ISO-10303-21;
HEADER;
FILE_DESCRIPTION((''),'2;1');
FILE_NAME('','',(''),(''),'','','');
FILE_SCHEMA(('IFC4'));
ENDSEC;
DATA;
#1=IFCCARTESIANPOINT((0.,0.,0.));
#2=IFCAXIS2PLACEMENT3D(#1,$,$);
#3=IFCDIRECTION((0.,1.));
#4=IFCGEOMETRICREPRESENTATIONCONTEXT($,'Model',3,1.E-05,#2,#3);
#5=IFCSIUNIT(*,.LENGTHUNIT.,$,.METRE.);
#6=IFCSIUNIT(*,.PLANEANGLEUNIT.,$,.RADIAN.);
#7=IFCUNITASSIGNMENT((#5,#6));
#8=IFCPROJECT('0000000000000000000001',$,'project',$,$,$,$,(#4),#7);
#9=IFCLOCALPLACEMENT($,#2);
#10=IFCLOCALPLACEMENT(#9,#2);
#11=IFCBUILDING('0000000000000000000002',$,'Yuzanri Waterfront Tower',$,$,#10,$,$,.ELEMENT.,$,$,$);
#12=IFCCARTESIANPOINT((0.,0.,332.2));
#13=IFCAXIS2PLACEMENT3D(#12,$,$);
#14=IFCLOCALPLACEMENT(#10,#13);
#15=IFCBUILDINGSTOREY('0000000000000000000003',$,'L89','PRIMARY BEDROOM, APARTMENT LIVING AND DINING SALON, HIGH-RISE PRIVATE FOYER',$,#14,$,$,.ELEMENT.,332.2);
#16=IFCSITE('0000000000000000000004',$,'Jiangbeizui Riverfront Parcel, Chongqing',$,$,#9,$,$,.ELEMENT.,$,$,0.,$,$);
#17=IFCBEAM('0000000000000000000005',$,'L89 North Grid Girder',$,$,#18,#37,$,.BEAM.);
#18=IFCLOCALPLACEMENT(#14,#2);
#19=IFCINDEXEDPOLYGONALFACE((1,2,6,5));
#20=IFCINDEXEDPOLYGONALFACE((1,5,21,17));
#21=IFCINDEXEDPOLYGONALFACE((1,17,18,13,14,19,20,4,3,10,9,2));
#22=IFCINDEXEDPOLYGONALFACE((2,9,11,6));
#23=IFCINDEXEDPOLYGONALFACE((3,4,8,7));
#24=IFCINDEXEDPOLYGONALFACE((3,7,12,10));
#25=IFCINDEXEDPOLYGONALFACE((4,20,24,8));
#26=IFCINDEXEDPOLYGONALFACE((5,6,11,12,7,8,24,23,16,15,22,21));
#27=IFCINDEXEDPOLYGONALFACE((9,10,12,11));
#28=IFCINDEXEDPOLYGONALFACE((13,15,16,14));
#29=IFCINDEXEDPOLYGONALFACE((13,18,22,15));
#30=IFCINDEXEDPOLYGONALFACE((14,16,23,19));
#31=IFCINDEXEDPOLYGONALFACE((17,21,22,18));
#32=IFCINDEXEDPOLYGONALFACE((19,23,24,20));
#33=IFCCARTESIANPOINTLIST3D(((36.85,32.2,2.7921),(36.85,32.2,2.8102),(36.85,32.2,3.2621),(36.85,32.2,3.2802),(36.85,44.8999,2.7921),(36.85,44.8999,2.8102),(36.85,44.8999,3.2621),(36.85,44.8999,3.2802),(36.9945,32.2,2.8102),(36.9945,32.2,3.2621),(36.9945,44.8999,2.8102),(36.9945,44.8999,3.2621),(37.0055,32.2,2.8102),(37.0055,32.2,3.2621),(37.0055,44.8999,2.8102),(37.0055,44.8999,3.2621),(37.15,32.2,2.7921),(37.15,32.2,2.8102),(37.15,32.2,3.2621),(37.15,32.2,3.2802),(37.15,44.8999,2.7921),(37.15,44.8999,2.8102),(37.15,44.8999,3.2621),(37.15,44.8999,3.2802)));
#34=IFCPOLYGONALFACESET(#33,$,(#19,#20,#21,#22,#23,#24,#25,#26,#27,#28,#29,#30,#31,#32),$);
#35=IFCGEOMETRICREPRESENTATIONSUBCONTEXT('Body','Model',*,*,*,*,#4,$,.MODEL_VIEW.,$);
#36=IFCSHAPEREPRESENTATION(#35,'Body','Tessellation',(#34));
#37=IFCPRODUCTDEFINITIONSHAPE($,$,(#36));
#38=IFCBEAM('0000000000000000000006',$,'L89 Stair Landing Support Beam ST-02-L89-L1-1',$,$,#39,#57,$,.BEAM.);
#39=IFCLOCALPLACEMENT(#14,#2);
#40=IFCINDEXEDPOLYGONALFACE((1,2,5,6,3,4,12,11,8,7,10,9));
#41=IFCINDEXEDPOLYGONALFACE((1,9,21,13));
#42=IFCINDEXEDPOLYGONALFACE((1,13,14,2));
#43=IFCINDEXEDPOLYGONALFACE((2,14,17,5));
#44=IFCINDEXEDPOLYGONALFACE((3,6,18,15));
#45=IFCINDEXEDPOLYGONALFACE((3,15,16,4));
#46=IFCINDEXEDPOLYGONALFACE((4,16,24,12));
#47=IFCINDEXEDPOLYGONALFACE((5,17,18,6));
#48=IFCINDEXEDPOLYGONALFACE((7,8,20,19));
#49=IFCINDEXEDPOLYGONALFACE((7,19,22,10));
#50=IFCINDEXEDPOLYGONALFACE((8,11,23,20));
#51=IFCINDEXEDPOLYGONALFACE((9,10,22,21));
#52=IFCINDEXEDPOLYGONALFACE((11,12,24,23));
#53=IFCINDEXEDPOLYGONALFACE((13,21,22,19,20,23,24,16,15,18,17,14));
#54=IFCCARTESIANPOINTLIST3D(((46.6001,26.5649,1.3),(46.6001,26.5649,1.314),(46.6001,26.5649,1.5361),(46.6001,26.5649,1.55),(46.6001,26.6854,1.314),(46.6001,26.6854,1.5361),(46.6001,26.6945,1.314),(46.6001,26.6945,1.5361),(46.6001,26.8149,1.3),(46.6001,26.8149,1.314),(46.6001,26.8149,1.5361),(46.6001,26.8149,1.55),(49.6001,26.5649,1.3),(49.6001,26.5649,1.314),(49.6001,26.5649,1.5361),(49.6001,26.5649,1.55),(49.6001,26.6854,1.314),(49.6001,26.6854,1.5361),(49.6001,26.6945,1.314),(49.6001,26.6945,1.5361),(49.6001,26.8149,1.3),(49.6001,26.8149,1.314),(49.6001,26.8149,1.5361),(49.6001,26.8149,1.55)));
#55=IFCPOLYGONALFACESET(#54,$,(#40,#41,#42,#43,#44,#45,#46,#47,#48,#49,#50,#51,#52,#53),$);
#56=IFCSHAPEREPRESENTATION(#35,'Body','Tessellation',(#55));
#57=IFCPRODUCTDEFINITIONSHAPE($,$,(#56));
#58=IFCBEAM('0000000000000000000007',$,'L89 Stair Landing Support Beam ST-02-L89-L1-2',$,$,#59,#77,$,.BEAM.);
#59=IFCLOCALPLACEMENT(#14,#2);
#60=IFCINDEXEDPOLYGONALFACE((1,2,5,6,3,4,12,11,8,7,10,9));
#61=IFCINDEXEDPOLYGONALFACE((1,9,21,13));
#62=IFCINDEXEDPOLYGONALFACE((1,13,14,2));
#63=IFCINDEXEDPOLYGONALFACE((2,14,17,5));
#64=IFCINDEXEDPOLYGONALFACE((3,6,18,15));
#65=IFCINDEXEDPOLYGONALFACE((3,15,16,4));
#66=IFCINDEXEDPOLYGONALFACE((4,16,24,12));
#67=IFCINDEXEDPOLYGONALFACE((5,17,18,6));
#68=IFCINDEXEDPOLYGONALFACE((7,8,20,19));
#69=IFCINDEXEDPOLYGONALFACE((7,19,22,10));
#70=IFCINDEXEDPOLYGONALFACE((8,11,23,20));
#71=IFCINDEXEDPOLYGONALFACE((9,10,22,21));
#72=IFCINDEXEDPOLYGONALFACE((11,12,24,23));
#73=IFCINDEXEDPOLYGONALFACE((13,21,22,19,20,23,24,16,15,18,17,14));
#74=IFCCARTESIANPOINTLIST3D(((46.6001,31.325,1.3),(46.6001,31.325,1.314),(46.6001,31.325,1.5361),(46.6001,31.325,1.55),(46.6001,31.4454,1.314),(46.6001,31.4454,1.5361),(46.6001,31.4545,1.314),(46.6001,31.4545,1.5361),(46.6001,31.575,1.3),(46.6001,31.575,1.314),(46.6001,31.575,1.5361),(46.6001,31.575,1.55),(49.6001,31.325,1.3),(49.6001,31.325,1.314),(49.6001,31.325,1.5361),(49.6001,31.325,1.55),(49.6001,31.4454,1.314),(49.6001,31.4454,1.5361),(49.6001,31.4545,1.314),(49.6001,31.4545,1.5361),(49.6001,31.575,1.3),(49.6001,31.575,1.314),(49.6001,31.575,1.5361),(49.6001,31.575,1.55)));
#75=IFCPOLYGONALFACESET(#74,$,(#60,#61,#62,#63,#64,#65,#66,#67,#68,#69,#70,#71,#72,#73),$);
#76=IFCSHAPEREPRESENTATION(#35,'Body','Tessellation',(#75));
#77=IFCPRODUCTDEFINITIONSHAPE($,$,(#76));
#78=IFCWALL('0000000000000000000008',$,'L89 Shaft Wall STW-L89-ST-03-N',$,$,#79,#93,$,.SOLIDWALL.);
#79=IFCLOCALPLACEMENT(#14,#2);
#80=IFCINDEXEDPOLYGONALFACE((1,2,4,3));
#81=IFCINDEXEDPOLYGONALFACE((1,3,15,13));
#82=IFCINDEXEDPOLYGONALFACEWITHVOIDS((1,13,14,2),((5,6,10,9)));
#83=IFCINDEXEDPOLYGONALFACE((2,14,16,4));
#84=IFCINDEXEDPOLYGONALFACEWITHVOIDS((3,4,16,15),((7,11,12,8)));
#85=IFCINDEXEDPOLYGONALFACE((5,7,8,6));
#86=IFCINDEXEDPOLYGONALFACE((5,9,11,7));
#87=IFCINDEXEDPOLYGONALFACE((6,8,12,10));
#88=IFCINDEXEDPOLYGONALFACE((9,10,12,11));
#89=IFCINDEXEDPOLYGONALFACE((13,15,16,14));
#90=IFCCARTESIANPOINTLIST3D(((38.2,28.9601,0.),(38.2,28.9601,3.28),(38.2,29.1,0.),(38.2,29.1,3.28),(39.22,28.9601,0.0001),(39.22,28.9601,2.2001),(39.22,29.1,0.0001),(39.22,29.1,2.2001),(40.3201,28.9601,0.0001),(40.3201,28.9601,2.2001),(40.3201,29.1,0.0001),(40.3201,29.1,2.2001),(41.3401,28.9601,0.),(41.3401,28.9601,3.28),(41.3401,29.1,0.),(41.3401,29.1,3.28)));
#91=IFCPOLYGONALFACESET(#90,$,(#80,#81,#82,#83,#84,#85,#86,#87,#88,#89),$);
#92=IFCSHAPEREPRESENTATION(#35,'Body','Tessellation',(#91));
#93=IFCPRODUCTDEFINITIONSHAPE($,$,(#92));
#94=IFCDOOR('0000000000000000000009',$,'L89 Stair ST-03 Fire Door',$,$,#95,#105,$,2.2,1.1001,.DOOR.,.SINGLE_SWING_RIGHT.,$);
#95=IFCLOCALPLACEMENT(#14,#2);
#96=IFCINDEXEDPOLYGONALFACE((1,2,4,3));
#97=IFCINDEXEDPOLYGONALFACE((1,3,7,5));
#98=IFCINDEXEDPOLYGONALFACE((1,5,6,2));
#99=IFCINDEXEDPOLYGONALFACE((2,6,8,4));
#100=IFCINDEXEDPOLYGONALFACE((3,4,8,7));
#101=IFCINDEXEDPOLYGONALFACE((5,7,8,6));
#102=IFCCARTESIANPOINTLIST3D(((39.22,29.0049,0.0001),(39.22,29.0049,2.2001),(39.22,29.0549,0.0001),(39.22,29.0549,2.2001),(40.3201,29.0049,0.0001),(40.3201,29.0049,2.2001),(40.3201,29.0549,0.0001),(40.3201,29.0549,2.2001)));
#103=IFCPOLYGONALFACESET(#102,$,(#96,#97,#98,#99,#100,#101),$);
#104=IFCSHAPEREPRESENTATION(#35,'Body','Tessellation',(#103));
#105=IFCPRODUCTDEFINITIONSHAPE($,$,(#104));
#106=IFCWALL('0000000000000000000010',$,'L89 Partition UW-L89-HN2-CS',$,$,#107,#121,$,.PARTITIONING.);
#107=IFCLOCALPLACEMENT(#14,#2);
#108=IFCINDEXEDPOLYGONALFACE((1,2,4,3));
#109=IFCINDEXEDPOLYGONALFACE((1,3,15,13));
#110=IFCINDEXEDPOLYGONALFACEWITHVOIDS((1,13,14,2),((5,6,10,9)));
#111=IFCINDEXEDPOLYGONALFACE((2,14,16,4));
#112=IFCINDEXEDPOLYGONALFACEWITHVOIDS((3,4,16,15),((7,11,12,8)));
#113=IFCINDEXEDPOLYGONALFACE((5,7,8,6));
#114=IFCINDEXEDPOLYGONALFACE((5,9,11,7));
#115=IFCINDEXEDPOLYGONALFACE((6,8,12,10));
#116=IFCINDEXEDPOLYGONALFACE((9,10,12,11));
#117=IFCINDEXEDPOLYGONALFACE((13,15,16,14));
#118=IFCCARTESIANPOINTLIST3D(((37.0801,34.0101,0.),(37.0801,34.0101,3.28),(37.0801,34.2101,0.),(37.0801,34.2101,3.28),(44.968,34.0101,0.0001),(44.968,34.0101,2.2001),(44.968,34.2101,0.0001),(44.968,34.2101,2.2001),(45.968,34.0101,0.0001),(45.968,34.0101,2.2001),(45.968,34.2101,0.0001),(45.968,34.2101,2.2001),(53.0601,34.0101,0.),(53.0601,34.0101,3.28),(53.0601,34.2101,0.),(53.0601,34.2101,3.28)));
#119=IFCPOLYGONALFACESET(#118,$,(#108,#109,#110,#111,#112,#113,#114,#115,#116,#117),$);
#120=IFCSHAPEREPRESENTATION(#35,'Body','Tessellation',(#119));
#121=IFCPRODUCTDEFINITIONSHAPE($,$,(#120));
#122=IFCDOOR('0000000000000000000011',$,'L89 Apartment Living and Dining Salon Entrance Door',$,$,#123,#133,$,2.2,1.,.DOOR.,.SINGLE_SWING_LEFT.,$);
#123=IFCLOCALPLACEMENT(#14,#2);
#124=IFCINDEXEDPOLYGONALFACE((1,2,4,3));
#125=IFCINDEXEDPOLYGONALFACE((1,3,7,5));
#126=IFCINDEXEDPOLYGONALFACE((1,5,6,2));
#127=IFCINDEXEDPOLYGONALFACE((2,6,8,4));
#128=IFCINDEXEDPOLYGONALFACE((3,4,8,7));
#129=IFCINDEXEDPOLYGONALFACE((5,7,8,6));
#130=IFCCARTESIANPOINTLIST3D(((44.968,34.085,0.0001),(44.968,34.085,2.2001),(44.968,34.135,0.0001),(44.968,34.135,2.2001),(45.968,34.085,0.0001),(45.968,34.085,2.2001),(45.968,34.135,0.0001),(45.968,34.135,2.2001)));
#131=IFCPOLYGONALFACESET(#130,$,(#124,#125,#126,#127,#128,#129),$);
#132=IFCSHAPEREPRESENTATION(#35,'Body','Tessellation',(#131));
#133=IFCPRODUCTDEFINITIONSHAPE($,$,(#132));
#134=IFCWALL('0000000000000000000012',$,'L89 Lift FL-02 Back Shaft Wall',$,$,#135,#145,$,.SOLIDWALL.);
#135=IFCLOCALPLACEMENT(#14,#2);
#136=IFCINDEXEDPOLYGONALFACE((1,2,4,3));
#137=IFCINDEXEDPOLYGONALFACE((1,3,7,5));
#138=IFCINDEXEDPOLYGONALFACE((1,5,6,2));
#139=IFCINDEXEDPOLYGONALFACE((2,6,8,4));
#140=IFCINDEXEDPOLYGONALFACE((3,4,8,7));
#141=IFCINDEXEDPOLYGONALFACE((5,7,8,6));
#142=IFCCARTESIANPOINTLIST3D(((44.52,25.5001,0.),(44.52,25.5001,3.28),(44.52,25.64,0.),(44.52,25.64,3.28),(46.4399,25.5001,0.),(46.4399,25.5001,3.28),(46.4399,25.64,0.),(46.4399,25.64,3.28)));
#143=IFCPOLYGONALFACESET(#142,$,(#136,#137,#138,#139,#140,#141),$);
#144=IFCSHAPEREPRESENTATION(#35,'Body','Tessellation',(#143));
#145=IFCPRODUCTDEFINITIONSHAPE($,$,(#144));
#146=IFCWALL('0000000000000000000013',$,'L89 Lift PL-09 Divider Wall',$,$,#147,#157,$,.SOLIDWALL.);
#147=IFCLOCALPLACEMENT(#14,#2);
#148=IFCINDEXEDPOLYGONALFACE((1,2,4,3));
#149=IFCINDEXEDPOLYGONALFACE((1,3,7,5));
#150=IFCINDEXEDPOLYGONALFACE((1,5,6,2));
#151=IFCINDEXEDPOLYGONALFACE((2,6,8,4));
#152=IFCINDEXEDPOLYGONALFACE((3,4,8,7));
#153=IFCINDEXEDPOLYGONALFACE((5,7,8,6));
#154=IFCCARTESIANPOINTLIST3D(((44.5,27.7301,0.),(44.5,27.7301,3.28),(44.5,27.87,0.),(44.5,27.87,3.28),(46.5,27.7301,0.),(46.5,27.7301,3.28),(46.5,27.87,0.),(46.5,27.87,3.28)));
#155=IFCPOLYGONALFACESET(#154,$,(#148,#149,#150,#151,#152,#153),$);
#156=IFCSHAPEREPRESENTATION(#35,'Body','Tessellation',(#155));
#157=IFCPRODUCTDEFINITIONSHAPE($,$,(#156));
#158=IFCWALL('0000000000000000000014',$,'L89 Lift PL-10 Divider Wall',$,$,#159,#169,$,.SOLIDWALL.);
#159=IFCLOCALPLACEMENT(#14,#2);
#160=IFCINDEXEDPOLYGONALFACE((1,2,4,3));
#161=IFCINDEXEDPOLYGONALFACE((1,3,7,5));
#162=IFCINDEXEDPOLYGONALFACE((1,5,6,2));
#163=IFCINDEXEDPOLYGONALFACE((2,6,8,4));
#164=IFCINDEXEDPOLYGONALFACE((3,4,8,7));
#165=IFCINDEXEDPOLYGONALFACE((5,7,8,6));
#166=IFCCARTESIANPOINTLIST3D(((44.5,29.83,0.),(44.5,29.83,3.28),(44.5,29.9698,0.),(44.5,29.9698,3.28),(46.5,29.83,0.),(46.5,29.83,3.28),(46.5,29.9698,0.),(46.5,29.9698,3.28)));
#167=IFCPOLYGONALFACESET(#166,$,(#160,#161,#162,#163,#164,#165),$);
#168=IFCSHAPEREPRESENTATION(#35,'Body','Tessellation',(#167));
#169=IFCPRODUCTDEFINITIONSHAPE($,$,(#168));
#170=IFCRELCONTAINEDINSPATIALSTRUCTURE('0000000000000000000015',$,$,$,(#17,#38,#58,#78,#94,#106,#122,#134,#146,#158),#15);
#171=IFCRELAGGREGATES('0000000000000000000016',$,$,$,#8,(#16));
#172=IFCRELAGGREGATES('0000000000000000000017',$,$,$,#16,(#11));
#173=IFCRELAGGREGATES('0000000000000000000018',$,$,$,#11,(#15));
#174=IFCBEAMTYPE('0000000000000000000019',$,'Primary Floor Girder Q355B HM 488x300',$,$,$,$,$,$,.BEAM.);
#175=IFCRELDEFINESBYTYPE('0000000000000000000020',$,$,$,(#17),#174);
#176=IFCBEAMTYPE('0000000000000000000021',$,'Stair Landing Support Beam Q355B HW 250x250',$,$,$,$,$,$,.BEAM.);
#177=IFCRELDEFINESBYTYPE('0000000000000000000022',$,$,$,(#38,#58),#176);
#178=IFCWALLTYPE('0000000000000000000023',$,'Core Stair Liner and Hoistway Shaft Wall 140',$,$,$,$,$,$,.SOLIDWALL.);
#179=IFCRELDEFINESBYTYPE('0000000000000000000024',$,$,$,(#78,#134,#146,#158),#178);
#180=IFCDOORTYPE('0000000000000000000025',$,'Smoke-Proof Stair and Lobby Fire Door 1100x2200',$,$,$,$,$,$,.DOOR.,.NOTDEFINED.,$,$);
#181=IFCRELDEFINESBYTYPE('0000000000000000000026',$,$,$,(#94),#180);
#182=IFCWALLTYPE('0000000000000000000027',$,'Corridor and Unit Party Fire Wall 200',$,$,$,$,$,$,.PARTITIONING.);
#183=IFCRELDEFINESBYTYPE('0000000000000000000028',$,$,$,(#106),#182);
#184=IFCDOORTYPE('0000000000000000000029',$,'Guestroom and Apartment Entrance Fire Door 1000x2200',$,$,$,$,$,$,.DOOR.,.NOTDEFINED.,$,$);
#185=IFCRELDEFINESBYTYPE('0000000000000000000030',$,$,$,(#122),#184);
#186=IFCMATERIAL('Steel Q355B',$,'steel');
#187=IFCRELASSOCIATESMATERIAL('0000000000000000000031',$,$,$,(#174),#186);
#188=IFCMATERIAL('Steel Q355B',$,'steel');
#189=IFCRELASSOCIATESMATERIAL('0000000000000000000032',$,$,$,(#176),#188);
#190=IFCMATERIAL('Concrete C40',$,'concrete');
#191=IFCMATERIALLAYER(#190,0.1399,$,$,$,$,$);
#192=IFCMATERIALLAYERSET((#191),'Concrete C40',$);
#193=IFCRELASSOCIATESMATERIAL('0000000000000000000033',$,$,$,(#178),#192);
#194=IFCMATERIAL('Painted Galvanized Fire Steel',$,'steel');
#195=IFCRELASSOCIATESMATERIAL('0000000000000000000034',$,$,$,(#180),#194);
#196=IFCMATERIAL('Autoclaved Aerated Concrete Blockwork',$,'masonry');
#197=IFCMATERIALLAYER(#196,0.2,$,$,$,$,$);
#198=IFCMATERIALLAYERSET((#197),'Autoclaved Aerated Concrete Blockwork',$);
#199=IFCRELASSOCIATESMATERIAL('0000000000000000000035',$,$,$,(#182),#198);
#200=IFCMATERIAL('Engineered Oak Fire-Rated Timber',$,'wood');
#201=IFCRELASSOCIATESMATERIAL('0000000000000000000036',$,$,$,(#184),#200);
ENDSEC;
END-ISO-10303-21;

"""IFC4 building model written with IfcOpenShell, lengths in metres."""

from ifc_helpers import new_model, si_unit, direction, frame, frame_2d, origin, origin_2d, place, context, subcontext, project, spatial, rectangle, i_section, extrude, source, transform, mapped, material, layer, layer_set, material_profile, profile_set, type_object, element, fill, save


model = new_model("IFC4")

# Units and contexts
model_context = context("Model", 3, precision=1e-05, world=origin(), true_north=direction((0.0, 1.0)))
body_context = subcontext(model_context, "Body", "Model", "MODEL_VIEW")
ifc_project = project(units=[si_unit("LENGTHUNIT", "METRE"), si_unit("PLANEANGLEUNIT", "RADIAN")], contexts=[model_context])

# Site, building, storey
site_placement = place(None, origin())
site = spatial("IfcSite", under=ifc_project, at=site_placement, Name="Jiangbeizui Riverfront Parcel, Chongqing", CompositionType="ELEMENT", RefElevation=0.0)
building_placement = place(site_placement, origin())
building = spatial("IfcBuilding", under=site, at=building_placement, Name="Yuzanri Waterfront Tower", CompositionType="ELEMENT")
storey_placement = place(building_placement, frame((0.0, 0.0, 332.2)))
storey = spatial("IfcBuildingStorey", under=building, at=storey_placement, Name="L89", Description="PRIMARY BEDROOM, APARTMENT LIVING AND DINING SALON, HIGH-RISE PRIVATE FOYER", CompositionType="ELEMENT", Elevation=332.2)

# Beams
ifc_material_1 = material(Name="Steel Q355B", Category="steel")
ifc_material_profile_1 = material_profile(ifc_material_1, i_section(OverallWidth=0.3, OverallDepth=0.488, WebThickness=0.011, FlangeThickness=0.0181, at=origin_2d()), Name="HM 488x300x11x18")
ifc_profile_set_1 = profile_set([ifc_material_profile_1], Name="Steel Q355B")
beam_type_1 = type_object("IfcBeamType", Name="Primary Floor Girder Q355B HM 488x300", PredefinedType="BEAM", material=ifc_profile_set_1)
shared_shape_1 = source(origin(), body_context, "Body", "SweptSolid", [
    extrude(i_section(OverallWidth=0.3, OverallDepth=0.488, WebThickness=0.011, FlangeThickness=0.0181, at=origin_2d()), origin(), (0.0, 0.0, 1.0), 12.7),
])
beam_placement = place(storey_placement, frame((37.0, 32.2, 3.0361), z_axis=(0.0, 1.0, 0.0), x_axis=(-1.0, 0.0, 0.0)))
element("IfcBeam", 1, at=beam_placement, inside=storey, type_object=beam_type_1, Name="L89 North Grid Girder", PredefinedType="BEAM", context=body_context, shape_type="MappedRepresentation", body=[
    mapped(shared_shape_1, transform((0.0, 0.0, 0.0), scale=1.0)),
])
ifc_material_2 = material(Name="Steel Q355B", Category="steel")
ifc_material_profile_2 = material_profile(ifc_material_2, i_section(OverallWidth=0.25, OverallDepth=0.25, WebThickness=0.009, FlangeThickness=0.0139, at=origin_2d()), Name="HW 250x250x9x14")
ifc_profile_set_2 = profile_set([ifc_material_profile_2], Name="Steel Q355B")
beam_type_2 = type_object("IfcBeamType", Name="Stair Landing Support Beam Q355B HW 250x250", PredefinedType="BEAM", material=ifc_profile_set_2)
shared_shape_2 = source(origin(), body_context, "Body", "SweptSolid", [
    extrude(i_section(OverallWidth=0.25, OverallDepth=0.25, WebThickness=0.009, FlangeThickness=0.0139, at=origin_2d()), origin(), (0.0, 0.0, 1.0), 3.0),
])
for number, where, z_axis, x_axis, name in (
    (2, (46.6001, 26.6899, 1.425), (1.0, 0.0, 0.0), (0.0, 1.0, 0.0), "L89 Stair Landing Support Beam ST-02-L89-L1-1"),
    (3, (46.6001, 31.45, 1.425), (1.0, 0.0, 0.0), (0.0, 1.0, 0.0), "L89 Stair Landing Support Beam ST-02-L89-L1-2"),
):
    element("IfcBeam", number, at=place(storey_placement, frame(where, z_axis=z_axis, x_axis=x_axis)), inside=storey, type_object=beam_type_2, Name=name, PredefinedType="BEAM", context=body_context, shape_type="MappedRepresentation", body=[
        mapped(shared_shape_2, transform((0.0, 0.0, 0.0), scale=1.0)),
    ])

# Walls, openings, doors
ifc_material_3 = material(Name="Concrete C40", Category="concrete")
ifc_layer_1 = layer(ifc_material_3, 0.1399)
ifc_layer_set_1 = layer_set([ifc_layer_1], Name="Concrete C40")
wall_type_1 = type_object("IfcWallType", Name="Core Stair Liner and Hoistway Shaft Wall 140", PredefinedType="SOLIDWALL", material=ifc_layer_set_1)
wall_1_placement = place(storey_placement, frame((38.2, 29.03, 0.0), z_axis=(0.0, 0.0, 1.0), x_axis=(1.0, 0.0, 0.0)))
wall_1 = element("IfcWall", 4, at=wall_1_placement, inside=storey, type_object=wall_type_1, Name="L89 Shaft Wall STW-L89-ST-03-N", PredefinedType="SOLIDWALL", context=body_context, shape_type="SweptSolid", body=[
    extrude(rectangle(XDim=3.1401, YDim=0.1399, at=frame_2d((1.5701, 0.0))), origin(), (0.0, 0.0, 1.0), 3.28),
])
opening_1_placement = place(wall_1_placement, frame((1.02, 0.0, 0.0)))
opening_1 = element("IfcOpeningElement", 5, at=opening_1_placement, cuts=wall_1, PredefinedType="OPENING", context=body_context, shape_type="SweptSolid", body=[
    extrude(rectangle(XDim=1.1001, YDim=2.2, at=frame_2d((0.55, 1.1001))), frame((0.0, 0.085, 0.0), z_axis=(0.0, -1.0, 0.0), x_axis=(1.0, 0.0, 0.0)), (0.0, 0.0, 1.0), 0.1697),
])
ifc_material_4 = material(Name="Painted Galvanized Fire Steel", Category="steel")
door_type_1 = type_object("IfcDoorType", Name="Smoke-Proof Stair and Lobby Fire Door 1100x2200", OperationType="NOTDEFINED", PredefinedType="DOOR", material=ifc_material_4)
shared_shape_3 = source(origin(), body_context, "Body", "SweptSolid", [
    extrude(rectangle(XDim=1.1001, YDim=2.2, at=frame_2d((0.55, 1.1001))), frame((0.0, 0.0249, 0.0), z_axis=(0.0, -1.0, 0.0), x_axis=(1.0, 0.0, 0.0)), (0.0, 0.0, 1.0), 0.05),
])
door_1_placement = place(opening_1_placement, origin())
door_1 = element("IfcDoor", 6, at=door_1_placement, inside=storey, type_object=door_type_1, Name="L89 Stair ST-03 Fire Door", OperationType="SINGLE_SWING_RIGHT", OverallHeight=2.2, OverallWidth=1.1001, PredefinedType="DOOR", context=body_context, shape_type="MappedRepresentation", body=[
    mapped(shared_shape_3, transform((0.0, 0.0, 0.0), scale=1.0)),
])
fill(opening_1, door_1)
ifc_material_5 = material(Name="Autoclaved Aerated Concrete Blockwork", Category="masonry")
ifc_layer_2 = layer(ifc_material_5, 0.2)
ifc_layer_set_2 = layer_set([ifc_layer_2], Name="Autoclaved Aerated Concrete Blockwork")
wall_type_2 = type_object("IfcWallType", Name="Corridor and Unit Party Fire Wall 200", PredefinedType="PARTITIONING", material=ifc_layer_set_2)
wall_2_placement = place(storey_placement, frame((37.0801, 34.1101, 0.0), z_axis=(0.0, 0.0, 1.0), x_axis=(1.0, 0.0, 0.0)))
wall_2 = element("IfcWall", 7, at=wall_2_placement, inside=storey, type_object=wall_type_2, Name="L89 Partition UW-L89-HN2-CS", PredefinedType="PARTITIONING", context=body_context, shape_type="SweptSolid", body=[
    extrude(rectangle(XDim=15.98, YDim=0.2, at=frame_2d((7.99, 0.0))), origin(), (0.0, 0.0, 1.0), 3.28),
])
opening_2_placement = place(wall_2_placement, frame((7.8879, 0.0, 0.0)))
opening_2 = element("IfcOpeningElement", 8, at=opening_2_placement, cuts=wall_2, PredefinedType="OPENING", context=body_context, shape_type="SweptSolid", body=[
    extrude(rectangle(XDim=1.0, YDim=2.2, at=frame_2d((0.5, 1.1001))), frame((0.0, 0.1147, 0.0), z_axis=(0.0, -1.0, 0.0), x_axis=(1.0, 0.0, 0.0)), (0.0, 0.0, 1.0), 0.2297),
])
ifc_material_6 = material(Name="Engineered Oak Fire-Rated Timber", Category="wood")
door_type_2 = type_object("IfcDoorType", Name="Guestroom and Apartment Entrance Fire Door 1000x2200", OperationType="NOTDEFINED", PredefinedType="DOOR", material=ifc_material_6)
shared_shape_4 = source(origin(), body_context, "Body", "SweptSolid", [
    extrude(rectangle(XDim=1.0, YDim=2.2, at=frame_2d((0.5, 1.1001))), frame((0.0, 0.0249, 0.0), z_axis=(0.0, -1.0, 0.0), x_axis=(1.0, 0.0, 0.0)), (0.0, 0.0, 1.0), 0.05),
])
door_2_placement = place(opening_2_placement, origin())
door_2 = element("IfcDoor", 9, at=door_2_placement, inside=storey, type_object=door_type_2, Name="L89 Apartment Living and Dining Salon Entrance Door", OperationType="SINGLE_SWING_LEFT", OverallHeight=2.2, OverallWidth=1.0, PredefinedType="DOOR", context=body_context, shape_type="MappedRepresentation", body=[
    mapped(shared_shape_4, transform((0.0, 0.0, 0.0), scale=1.0)),
])
fill(opening_2, door_2)

# Walls
shared_shape_5 = source(origin(), body_context, "Body", "SweptSolid", [
    extrude(rectangle(XDim=1.9199, YDim=0.1399, at=frame_2d((0.96, 0.0))), origin(), (0.0, 0.0, 1.0), 3.28),
])
wall_3_placement = place(storey_placement, frame((44.52, 25.5701, 0.0), z_axis=(0.0, 0.0, 1.0), x_axis=(1.0, 0.0, 0.0)))
element("IfcWall", 10, at=wall_3_placement, inside=storey, type_object=wall_type_1, Name="L89 Lift FL-02 Back Shaft Wall", PredefinedType="SOLIDWALL", context=body_context, shape_type="MappedRepresentation", body=[
    mapped(shared_shape_5, transform((0.0, 0.0, 0.0), scale=1.0)),
])
shared_shape_6 = source(origin(), body_context, "Body", "SweptSolid", [
    extrude(rectangle(XDim=2.0, YDim=0.1399, at=frame_2d((1.0, 0.0))), origin(), (0.0, 0.0, 1.0), 3.28),
])
for number, where, z_axis, x_axis, name in (
    (11, (44.5, 27.8, 0.0), (0.0, 0.0, 1.0), (1.0, 0.0, 0.0), "L89 Lift PL-09 Divider Wall"),
    (12, (44.5, 29.8999, 0.0), (0.0, 0.0, 1.0), (1.0, 0.0, 0.0), "L89 Lift PL-10 Divider Wall"),
):
    element("IfcWall", number, at=place(storey_placement, frame(where, z_axis=z_axis, x_axis=x_axis)), inside=storey, type_object=wall_type_1, Name=name, PredefinedType="SOLIDWALL", context=body_context, shape_type="MappedRepresentation", body=[
        mapped(shared_shape_6, transform((0.0, 0.0, 0.0), scale=1.0)),
    ])

save(model, "model.ifc")
